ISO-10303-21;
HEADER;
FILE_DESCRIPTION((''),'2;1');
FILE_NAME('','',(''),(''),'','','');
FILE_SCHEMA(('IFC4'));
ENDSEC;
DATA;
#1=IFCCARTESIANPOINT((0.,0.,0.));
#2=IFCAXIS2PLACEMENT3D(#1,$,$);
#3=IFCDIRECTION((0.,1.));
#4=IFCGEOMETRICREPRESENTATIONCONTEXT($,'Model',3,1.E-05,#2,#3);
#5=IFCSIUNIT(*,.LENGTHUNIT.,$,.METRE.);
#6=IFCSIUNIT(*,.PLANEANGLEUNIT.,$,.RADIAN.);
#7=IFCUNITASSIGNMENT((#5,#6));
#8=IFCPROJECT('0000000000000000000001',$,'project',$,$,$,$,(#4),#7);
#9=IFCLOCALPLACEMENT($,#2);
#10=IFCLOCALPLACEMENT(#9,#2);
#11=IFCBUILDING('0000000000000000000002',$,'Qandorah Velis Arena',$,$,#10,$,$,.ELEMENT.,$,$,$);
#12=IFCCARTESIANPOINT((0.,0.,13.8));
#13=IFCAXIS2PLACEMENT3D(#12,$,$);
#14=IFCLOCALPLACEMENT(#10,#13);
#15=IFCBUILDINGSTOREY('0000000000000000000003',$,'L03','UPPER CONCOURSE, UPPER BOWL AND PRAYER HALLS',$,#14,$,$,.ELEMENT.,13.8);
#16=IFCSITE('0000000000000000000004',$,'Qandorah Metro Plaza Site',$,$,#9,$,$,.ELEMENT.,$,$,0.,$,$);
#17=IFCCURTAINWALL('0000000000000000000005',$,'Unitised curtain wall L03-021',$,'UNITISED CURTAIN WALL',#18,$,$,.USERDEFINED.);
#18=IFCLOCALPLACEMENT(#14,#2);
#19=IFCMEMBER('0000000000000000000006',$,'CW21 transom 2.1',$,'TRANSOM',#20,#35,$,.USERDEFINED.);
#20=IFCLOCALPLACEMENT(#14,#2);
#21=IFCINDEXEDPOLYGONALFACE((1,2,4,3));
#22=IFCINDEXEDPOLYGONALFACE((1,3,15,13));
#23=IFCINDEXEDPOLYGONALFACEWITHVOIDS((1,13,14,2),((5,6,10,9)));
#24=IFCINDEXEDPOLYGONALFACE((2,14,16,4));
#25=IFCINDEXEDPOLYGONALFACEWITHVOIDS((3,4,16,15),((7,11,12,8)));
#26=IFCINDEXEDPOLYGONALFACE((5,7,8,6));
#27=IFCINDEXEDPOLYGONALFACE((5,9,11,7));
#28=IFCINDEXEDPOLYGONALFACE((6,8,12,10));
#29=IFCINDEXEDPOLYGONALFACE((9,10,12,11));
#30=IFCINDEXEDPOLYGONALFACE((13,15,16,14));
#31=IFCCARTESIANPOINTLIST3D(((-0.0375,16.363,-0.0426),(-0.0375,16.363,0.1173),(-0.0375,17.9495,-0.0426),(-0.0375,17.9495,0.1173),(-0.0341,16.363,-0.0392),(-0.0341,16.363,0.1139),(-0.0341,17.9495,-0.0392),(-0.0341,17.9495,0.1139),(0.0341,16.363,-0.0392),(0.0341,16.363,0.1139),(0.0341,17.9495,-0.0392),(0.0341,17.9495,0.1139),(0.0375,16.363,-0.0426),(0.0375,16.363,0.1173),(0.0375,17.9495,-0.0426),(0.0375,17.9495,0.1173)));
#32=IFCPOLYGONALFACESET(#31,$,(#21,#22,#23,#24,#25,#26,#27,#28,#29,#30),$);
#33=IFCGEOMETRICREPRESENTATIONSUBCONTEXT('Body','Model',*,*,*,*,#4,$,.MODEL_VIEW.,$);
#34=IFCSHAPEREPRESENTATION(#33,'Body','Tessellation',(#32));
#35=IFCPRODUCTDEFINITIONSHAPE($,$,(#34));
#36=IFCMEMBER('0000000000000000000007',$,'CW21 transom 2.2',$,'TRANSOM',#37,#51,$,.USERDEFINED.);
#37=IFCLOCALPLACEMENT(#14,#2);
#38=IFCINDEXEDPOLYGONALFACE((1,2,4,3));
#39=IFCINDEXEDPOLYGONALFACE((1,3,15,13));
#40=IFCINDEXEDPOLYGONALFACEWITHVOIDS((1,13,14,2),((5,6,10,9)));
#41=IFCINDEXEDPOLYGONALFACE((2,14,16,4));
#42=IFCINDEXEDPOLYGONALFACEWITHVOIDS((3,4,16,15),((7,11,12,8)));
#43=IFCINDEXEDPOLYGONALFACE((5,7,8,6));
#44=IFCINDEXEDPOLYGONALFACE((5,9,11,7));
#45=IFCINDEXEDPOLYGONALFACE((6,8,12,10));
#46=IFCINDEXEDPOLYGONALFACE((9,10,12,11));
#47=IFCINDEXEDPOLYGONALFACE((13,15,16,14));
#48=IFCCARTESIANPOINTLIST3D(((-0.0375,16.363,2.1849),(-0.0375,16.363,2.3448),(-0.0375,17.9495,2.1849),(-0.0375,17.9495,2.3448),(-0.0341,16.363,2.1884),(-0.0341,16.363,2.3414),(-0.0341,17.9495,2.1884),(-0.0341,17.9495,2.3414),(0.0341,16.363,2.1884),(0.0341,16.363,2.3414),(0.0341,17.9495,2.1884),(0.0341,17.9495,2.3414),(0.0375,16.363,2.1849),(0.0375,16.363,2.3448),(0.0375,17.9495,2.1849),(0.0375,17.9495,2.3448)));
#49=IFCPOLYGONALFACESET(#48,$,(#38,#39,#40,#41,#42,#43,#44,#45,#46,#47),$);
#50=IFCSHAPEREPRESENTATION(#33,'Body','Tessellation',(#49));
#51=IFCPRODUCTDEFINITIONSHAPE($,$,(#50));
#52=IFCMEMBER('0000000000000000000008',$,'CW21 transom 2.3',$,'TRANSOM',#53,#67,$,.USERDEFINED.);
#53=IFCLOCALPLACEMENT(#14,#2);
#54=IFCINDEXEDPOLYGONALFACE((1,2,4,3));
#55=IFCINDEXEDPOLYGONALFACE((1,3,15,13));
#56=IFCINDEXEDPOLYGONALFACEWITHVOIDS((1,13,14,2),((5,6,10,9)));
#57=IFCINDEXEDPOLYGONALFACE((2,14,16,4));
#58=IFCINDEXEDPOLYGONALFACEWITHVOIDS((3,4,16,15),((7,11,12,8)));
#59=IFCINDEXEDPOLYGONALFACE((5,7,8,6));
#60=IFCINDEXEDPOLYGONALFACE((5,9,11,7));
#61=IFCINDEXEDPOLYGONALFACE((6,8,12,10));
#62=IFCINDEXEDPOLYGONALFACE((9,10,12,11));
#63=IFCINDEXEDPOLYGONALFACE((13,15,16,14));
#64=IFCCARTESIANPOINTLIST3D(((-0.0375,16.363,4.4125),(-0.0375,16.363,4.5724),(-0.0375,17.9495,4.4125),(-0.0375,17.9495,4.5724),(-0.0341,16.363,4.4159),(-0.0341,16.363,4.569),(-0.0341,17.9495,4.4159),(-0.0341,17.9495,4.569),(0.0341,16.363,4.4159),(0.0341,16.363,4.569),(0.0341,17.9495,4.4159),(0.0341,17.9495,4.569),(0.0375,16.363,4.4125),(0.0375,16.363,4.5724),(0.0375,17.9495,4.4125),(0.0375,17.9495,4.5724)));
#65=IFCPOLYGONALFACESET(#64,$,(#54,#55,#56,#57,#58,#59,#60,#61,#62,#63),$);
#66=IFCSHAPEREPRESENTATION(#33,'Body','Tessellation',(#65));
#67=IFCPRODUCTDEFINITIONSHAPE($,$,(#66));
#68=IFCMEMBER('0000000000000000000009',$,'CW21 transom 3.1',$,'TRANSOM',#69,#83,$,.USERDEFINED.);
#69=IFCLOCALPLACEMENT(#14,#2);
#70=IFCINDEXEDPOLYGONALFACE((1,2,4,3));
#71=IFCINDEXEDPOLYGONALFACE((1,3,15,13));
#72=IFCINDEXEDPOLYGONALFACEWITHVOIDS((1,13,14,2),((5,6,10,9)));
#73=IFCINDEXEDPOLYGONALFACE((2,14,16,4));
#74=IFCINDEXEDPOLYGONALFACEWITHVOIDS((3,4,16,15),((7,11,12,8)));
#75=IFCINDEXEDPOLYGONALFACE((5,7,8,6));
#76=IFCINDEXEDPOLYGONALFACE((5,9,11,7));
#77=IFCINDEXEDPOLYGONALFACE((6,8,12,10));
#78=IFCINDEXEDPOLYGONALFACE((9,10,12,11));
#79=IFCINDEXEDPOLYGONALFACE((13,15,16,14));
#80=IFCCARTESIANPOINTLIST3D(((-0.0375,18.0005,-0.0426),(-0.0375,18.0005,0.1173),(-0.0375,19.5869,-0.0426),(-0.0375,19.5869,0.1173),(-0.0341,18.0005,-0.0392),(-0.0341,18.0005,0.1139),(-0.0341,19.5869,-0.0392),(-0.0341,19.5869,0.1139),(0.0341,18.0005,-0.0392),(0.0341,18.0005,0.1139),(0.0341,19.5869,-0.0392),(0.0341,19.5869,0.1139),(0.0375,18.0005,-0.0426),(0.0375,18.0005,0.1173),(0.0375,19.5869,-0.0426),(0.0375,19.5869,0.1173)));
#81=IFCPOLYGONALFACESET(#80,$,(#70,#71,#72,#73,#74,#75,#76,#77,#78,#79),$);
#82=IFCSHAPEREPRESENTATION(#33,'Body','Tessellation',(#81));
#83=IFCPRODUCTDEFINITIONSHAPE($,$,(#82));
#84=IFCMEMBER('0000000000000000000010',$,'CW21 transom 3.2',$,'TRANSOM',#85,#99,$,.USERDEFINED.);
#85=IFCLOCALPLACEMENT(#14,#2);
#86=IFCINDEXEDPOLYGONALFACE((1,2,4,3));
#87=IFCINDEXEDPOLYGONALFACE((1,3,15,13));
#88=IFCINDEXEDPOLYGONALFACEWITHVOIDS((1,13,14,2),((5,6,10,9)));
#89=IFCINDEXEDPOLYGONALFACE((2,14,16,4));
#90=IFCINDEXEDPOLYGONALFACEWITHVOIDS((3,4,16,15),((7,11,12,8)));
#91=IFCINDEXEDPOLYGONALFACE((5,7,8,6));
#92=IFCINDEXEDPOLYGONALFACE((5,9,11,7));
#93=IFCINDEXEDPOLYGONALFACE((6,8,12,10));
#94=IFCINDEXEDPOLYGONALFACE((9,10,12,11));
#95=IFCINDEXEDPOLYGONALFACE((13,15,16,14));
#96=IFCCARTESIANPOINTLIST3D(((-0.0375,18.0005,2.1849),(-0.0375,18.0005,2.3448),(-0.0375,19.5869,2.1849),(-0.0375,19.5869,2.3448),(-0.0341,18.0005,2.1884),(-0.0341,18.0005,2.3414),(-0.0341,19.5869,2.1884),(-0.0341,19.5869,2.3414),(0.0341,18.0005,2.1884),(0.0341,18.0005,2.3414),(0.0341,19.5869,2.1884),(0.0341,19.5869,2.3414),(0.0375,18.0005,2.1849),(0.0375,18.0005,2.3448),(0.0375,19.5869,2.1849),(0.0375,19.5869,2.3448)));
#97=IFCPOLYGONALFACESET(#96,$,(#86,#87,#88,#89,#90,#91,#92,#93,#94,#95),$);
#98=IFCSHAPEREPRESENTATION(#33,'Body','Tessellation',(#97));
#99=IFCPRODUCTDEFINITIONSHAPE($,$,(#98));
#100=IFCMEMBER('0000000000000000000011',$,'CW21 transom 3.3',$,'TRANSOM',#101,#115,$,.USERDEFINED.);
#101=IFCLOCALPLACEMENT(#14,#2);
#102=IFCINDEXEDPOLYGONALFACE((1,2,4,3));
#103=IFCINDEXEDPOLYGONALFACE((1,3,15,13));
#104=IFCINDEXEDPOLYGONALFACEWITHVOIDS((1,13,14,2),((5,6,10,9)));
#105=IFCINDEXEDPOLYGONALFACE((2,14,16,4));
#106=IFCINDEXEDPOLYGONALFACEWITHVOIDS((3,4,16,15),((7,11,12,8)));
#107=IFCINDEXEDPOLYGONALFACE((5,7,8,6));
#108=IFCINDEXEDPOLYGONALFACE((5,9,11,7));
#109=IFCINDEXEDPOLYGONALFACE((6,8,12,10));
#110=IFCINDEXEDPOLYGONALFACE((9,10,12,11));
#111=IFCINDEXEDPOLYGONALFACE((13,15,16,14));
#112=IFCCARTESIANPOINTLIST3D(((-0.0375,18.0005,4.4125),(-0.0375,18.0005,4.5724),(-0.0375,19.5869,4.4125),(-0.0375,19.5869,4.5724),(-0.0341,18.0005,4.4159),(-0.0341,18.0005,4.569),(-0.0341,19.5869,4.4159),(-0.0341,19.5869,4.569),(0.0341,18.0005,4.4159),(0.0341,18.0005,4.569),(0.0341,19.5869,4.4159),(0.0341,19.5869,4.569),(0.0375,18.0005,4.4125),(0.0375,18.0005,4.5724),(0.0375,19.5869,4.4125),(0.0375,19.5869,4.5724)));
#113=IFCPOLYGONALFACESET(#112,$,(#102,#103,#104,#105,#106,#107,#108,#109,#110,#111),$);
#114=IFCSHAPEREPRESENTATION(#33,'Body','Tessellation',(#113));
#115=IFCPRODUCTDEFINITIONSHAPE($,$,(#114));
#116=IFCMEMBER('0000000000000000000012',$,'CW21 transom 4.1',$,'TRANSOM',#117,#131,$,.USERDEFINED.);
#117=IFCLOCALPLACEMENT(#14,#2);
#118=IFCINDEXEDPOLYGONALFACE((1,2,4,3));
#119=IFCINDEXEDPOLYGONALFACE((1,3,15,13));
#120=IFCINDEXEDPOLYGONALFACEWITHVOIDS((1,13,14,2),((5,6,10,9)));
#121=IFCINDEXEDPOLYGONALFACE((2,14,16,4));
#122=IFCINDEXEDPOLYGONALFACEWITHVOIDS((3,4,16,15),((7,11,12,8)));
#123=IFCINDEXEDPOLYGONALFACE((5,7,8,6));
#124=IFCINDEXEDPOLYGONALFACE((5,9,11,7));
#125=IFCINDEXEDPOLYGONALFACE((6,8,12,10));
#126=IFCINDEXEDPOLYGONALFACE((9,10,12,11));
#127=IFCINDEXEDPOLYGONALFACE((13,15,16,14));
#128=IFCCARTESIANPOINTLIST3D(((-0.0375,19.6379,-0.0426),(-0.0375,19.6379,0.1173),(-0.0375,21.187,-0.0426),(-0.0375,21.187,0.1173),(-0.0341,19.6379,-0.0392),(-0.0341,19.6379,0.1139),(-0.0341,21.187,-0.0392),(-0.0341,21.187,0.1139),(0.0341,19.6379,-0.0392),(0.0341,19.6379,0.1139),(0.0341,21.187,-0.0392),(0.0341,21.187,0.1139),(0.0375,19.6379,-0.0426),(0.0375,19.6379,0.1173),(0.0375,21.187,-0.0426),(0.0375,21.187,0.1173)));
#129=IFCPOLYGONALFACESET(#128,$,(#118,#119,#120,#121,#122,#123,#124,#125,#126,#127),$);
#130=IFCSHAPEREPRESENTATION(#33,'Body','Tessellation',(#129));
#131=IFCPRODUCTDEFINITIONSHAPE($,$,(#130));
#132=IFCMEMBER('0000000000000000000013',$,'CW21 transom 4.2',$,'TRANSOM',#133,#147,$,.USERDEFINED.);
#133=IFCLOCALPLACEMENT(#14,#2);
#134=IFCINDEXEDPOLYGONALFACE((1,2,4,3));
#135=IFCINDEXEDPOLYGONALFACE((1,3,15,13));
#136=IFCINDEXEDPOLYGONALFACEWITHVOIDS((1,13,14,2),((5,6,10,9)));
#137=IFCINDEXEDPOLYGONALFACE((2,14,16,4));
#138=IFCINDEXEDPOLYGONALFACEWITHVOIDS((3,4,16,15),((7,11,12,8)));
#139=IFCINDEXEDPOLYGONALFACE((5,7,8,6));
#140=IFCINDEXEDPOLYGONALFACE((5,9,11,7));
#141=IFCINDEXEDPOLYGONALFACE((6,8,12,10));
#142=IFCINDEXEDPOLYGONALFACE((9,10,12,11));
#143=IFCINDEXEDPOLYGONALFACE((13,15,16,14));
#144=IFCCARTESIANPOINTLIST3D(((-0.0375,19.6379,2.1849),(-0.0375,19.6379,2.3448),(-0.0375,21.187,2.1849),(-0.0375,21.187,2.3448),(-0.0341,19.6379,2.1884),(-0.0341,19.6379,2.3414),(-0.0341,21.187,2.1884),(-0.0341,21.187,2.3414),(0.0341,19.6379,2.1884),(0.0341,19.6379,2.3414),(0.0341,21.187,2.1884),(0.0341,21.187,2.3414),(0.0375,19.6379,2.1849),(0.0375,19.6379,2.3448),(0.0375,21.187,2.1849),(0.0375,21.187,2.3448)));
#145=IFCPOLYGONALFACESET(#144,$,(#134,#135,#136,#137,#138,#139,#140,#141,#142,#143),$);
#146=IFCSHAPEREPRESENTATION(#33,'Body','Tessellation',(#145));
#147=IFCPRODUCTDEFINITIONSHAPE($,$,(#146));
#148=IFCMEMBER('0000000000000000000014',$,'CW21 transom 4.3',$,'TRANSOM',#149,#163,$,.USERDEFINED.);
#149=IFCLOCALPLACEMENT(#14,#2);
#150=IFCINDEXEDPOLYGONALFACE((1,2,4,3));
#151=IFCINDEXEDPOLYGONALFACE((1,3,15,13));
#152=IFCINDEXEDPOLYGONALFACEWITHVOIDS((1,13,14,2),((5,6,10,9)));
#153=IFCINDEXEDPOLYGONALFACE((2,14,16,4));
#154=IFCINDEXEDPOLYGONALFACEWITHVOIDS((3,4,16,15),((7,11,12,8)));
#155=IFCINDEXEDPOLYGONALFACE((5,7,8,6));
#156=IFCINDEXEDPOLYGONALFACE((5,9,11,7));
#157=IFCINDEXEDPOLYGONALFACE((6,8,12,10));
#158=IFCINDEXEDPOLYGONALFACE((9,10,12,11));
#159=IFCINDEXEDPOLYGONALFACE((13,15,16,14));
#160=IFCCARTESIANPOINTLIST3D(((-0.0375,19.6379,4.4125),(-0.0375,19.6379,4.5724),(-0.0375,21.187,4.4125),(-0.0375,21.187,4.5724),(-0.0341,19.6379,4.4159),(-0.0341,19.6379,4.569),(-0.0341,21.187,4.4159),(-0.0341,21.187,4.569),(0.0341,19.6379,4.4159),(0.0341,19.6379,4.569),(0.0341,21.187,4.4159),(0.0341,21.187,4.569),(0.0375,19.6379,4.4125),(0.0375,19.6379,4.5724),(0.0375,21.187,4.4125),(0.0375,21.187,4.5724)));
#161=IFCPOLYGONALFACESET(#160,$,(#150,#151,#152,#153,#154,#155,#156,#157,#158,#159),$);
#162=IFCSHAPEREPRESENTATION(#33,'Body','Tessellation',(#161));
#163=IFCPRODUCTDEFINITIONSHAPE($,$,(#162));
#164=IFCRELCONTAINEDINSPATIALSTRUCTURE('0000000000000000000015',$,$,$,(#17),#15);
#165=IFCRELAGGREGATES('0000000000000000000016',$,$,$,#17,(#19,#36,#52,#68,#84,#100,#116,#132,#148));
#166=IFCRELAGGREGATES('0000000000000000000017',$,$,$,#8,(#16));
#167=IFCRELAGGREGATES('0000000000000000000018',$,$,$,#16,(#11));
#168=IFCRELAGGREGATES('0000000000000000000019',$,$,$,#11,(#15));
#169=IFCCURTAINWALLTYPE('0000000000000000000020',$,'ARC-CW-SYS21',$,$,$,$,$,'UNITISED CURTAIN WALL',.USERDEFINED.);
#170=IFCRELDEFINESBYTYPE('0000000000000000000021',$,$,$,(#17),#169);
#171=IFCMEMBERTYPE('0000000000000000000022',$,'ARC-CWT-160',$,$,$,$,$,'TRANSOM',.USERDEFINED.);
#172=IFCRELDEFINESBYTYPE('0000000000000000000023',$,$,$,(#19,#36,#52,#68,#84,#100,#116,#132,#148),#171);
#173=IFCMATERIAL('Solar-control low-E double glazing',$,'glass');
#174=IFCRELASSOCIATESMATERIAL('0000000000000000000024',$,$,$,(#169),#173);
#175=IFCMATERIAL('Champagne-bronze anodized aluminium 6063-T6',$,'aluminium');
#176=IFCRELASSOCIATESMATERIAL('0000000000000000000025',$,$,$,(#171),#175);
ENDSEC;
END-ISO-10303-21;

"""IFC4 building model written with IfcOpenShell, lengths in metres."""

from ifc_helpers import new_model, si_unit, direction, frame, origin, origin_2d, place, context, subcontext, project, spatial, hollow_rectangle, extrude, material, material_profile, profile_set, type_object, element, aggregate, save


model = new_model("IFC4")

# Units and contexts
model_context = context("Model", 3, precision=1e-05, world=origin(), true_north=direction((0.0, 1.0)))
body_context = subcontext(model_context, "Body", "Model", "MODEL_VIEW")
ifc_project = project(units=[si_unit("LENGTHUNIT", "METRE"), si_unit("PLANEANGLEUNIT", "RADIAN")], contexts=[model_context])

# Site, building, storey
site_placement = place(None, origin())
site = spatial("IfcSite", under=ifc_project, at=site_placement, Name="Qandorah Metro Plaza Site", CompositionType="ELEMENT", RefElevation=0.0)
building_placement = place(site_placement, origin())
building = spatial("IfcBuilding", under=site, at=building_placement, Name="Qandorah Velis Arena", CompositionType="ELEMENT")
storey_placement = place(building_placement, frame((0.0, 0.0, 13.8)))
storey = spatial("IfcBuildingStorey", under=building, at=storey_placement, Name="L03", Description="UPPER CONCOURSE, UPPER BOWL AND PRAYER HALLS", CompositionType="ELEMENT", Elevation=13.8)

# Curtain wall, members
ifc_material_1 = material(Name="Solar-control low-E double glazing", Category="glass")
curtain_wall_type = type_object("IfcCurtainWallType", Name="ARC-CW-SYS21", ElementType="UNITISED CURTAIN WALL", PredefinedType="USERDEFINED", material=ifc_material_1)
curtain_wall_placement = place(storey_placement, origin())
curtain_wall = element("IfcCurtainWall", 1, at=curtain_wall_placement, inside=storey, type_object=curtain_wall_type, Name="Unitised curtain wall L03-021", ObjectType="UNITISED CURTAIN WALL", PredefinedType="USERDEFINED")
ifc_material_2 = material(Name="Champagne-bronze anodized aluminium 6063-T6", Category="aluminium")
ifc_material_profile_1 = material_profile(ifc_material_2, hollow_rectangle(XDim=0.075, YDim=0.1599, WallThickness=0.0034, at=origin_2d()), Name="ALU TRANSOM 75x160")
ifc_profile_set_1 = profile_set([ifc_material_profile_1], Name="Champagne-bronze anodized aluminium 6063-T6")
member_type_1 = type_object("IfcMemberType", Name="ARC-CWT-160", ElementType="TRANSOM", PredefinedType="USERDEFINED", material=ifc_profile_set_1)
member_1_placement = place(storey_placement, frame((0.0, 16.363, 0.0374), z_axis=(0.0, 1.0, 0.0), x_axis=(-1.0, 0.0, 0.0)))
member_1 = element("IfcMember", 2, at=member_1_placement, type_object=member_type_1, Name="CW21 transom 2.1", ObjectType="TRANSOM", PredefinedType="USERDEFINED", context=body_context, shape_type="SweptSolid", body=[
    extrude(hollow_rectangle(XDim=0.075, YDim=0.1599, WallThickness=0.0034, at=origin_2d()), origin(), (0.0, 0.0, 1.0), 1.5864),
])
member_2_placement = place(storey_placement, frame((0.0, 16.363, 2.2649), z_axis=(0.0, 1.0, 0.0), x_axis=(-1.0, 0.0, 0.0)))
member_2 = element("IfcMember", 3, at=member_2_placement, type_object=member_type_1, Name="CW21 transom 2.2", ObjectType="TRANSOM", PredefinedType="USERDEFINED", context=body_context, shape_type="SweptSolid", body=[
    extrude(hollow_rectangle(XDim=0.075, YDim=0.1599, WallThickness=0.0034, at=origin_2d()), origin(), (0.0, 0.0, 1.0), 1.5864),
])
member_3_placement = place(storey_placement, frame((0.0, 16.363, 4.4924), z_axis=(0.0, 1.0, 0.0), x_axis=(-1.0, 0.0, 0.0)))
member_3 = element("IfcMember", 4, at=member_3_placement, type_object=member_type_1, Name="CW21 transom 2.3", ObjectType="TRANSOM", PredefinedType="USERDEFINED", context=body_context, shape_type="SweptSolid", body=[
    extrude(hollow_rectangle(XDim=0.075, YDim=0.1599, WallThickness=0.0034, at=origin_2d()), origin(), (0.0, 0.0, 1.0), 1.5864),
])
member_4_placement = place(storey_placement, frame((0.0, 18.0005, 0.0374), z_axis=(0.0, 1.0, 0.0), x_axis=(-1.0, 0.0, 0.0)))
member_4 = element("IfcMember", 5, at=member_4_placement, type_object=member_type_1, Name="CW21 transom 3.1", ObjectType="TRANSOM", PredefinedType="USERDEFINED", context=body_context, shape_type="SweptSolid", body=[
    extrude(hollow_rectangle(XDim=0.075, YDim=0.1599, WallThickness=0.0034, at=origin_2d()), origin(), (0.0, 0.0, 1.0), 1.5864),
])
member_5_placement = place(storey_placement, frame((0.0, 18.0005, 2.2649), z_axis=(0.0, 1.0, 0.0), x_axis=(-1.0, 0.0, 0.0)))
member_5 = element("IfcMember", 6, at=member_5_placement, type_object=member_type_1, Name="CW21 transom 3.2", ObjectType="TRANSOM", PredefinedType="USERDEFINED", context=body_context, shape_type="SweptSolid", body=[
    extrude(hollow_rectangle(XDim=0.075, YDim=0.1599, WallThickness=0.0034, at=origin_2d()), origin(), (0.0, 0.0, 1.0), 1.5864),
])
member_6_placement = place(storey_placement, frame((0.0, 18.0005, 4.4924), z_axis=(0.0, 1.0, 0.0), x_axis=(-1.0, 0.0, 0.0)))
member_6 = element("IfcMember", 7, at=member_6_placement, type_object=member_type_1, Name="CW21 transom 3.3", ObjectType="TRANSOM", PredefinedType="USERDEFINED", context=body_context, shape_type="SweptSolid", body=[
    extrude(hollow_rectangle(XDim=0.075, YDim=0.1599, WallThickness=0.0034, at=origin_2d()), origin(), (0.0, 0.0, 1.0), 1.5864),
])
member_7_placement = place(storey_placement, frame((0.0, 19.6379, 0.0374), z_axis=(0.0, 1.0, 0.0), x_axis=(-1.0, 0.0, 0.0)))
member_7 = element("IfcMember", 8, at=member_7_placement, type_object=member_type_1, Name="CW21 transom 4.1", ObjectType="TRANSOM", PredefinedType="USERDEFINED", context=body_context, shape_type="SweptSolid", body=[
    extrude(hollow_rectangle(XDim=0.075, YDim=0.1599, WallThickness=0.0034, at=origin_2d()), origin(), (0.0, 0.0, 1.0), 1.5491),
])
member_8_placement = place(storey_placement, frame((0.0, 19.6379, 2.2649), z_axis=(0.0, 1.0, 0.0), x_axis=(-1.0, 0.0, 0.0)))
member_8 = element("IfcMember", 9, at=member_8_placement, type_object=member_type_1, Name="CW21 transom 4.2", ObjectType="TRANSOM", PredefinedType="USERDEFINED", context=body_context, shape_type="SweptSolid", body=[
    extrude(hollow_rectangle(XDim=0.075, YDim=0.1599, WallThickness=0.0034, at=origin_2d()), origin(), (0.0, 0.0, 1.0), 1.5491),
])
member_9_placement = place(storey_placement, frame((0.0, 19.6379, 4.4924), z_axis=(0.0, 1.0, 0.0), x_axis=(-1.0, 0.0, 0.0)))
member_9 = element("IfcMember", 10, at=member_9_placement, type_object=member_type_1, Name="CW21 transom 4.3", ObjectType="TRANSOM", PredefinedType="USERDEFINED", context=body_context, shape_type="SweptSolid", body=[
    extrude(hollow_rectangle(XDim=0.075, YDim=0.1599, WallThickness=0.0034, at=origin_2d()), origin(), (0.0, 0.0, 1.0), 1.5491),
])

aggregate(curtain_wall, [member_1, member_2, member_3, member_4, member_5, member_6, member_7, member_8, member_9])

save(model, "model.ifc")
